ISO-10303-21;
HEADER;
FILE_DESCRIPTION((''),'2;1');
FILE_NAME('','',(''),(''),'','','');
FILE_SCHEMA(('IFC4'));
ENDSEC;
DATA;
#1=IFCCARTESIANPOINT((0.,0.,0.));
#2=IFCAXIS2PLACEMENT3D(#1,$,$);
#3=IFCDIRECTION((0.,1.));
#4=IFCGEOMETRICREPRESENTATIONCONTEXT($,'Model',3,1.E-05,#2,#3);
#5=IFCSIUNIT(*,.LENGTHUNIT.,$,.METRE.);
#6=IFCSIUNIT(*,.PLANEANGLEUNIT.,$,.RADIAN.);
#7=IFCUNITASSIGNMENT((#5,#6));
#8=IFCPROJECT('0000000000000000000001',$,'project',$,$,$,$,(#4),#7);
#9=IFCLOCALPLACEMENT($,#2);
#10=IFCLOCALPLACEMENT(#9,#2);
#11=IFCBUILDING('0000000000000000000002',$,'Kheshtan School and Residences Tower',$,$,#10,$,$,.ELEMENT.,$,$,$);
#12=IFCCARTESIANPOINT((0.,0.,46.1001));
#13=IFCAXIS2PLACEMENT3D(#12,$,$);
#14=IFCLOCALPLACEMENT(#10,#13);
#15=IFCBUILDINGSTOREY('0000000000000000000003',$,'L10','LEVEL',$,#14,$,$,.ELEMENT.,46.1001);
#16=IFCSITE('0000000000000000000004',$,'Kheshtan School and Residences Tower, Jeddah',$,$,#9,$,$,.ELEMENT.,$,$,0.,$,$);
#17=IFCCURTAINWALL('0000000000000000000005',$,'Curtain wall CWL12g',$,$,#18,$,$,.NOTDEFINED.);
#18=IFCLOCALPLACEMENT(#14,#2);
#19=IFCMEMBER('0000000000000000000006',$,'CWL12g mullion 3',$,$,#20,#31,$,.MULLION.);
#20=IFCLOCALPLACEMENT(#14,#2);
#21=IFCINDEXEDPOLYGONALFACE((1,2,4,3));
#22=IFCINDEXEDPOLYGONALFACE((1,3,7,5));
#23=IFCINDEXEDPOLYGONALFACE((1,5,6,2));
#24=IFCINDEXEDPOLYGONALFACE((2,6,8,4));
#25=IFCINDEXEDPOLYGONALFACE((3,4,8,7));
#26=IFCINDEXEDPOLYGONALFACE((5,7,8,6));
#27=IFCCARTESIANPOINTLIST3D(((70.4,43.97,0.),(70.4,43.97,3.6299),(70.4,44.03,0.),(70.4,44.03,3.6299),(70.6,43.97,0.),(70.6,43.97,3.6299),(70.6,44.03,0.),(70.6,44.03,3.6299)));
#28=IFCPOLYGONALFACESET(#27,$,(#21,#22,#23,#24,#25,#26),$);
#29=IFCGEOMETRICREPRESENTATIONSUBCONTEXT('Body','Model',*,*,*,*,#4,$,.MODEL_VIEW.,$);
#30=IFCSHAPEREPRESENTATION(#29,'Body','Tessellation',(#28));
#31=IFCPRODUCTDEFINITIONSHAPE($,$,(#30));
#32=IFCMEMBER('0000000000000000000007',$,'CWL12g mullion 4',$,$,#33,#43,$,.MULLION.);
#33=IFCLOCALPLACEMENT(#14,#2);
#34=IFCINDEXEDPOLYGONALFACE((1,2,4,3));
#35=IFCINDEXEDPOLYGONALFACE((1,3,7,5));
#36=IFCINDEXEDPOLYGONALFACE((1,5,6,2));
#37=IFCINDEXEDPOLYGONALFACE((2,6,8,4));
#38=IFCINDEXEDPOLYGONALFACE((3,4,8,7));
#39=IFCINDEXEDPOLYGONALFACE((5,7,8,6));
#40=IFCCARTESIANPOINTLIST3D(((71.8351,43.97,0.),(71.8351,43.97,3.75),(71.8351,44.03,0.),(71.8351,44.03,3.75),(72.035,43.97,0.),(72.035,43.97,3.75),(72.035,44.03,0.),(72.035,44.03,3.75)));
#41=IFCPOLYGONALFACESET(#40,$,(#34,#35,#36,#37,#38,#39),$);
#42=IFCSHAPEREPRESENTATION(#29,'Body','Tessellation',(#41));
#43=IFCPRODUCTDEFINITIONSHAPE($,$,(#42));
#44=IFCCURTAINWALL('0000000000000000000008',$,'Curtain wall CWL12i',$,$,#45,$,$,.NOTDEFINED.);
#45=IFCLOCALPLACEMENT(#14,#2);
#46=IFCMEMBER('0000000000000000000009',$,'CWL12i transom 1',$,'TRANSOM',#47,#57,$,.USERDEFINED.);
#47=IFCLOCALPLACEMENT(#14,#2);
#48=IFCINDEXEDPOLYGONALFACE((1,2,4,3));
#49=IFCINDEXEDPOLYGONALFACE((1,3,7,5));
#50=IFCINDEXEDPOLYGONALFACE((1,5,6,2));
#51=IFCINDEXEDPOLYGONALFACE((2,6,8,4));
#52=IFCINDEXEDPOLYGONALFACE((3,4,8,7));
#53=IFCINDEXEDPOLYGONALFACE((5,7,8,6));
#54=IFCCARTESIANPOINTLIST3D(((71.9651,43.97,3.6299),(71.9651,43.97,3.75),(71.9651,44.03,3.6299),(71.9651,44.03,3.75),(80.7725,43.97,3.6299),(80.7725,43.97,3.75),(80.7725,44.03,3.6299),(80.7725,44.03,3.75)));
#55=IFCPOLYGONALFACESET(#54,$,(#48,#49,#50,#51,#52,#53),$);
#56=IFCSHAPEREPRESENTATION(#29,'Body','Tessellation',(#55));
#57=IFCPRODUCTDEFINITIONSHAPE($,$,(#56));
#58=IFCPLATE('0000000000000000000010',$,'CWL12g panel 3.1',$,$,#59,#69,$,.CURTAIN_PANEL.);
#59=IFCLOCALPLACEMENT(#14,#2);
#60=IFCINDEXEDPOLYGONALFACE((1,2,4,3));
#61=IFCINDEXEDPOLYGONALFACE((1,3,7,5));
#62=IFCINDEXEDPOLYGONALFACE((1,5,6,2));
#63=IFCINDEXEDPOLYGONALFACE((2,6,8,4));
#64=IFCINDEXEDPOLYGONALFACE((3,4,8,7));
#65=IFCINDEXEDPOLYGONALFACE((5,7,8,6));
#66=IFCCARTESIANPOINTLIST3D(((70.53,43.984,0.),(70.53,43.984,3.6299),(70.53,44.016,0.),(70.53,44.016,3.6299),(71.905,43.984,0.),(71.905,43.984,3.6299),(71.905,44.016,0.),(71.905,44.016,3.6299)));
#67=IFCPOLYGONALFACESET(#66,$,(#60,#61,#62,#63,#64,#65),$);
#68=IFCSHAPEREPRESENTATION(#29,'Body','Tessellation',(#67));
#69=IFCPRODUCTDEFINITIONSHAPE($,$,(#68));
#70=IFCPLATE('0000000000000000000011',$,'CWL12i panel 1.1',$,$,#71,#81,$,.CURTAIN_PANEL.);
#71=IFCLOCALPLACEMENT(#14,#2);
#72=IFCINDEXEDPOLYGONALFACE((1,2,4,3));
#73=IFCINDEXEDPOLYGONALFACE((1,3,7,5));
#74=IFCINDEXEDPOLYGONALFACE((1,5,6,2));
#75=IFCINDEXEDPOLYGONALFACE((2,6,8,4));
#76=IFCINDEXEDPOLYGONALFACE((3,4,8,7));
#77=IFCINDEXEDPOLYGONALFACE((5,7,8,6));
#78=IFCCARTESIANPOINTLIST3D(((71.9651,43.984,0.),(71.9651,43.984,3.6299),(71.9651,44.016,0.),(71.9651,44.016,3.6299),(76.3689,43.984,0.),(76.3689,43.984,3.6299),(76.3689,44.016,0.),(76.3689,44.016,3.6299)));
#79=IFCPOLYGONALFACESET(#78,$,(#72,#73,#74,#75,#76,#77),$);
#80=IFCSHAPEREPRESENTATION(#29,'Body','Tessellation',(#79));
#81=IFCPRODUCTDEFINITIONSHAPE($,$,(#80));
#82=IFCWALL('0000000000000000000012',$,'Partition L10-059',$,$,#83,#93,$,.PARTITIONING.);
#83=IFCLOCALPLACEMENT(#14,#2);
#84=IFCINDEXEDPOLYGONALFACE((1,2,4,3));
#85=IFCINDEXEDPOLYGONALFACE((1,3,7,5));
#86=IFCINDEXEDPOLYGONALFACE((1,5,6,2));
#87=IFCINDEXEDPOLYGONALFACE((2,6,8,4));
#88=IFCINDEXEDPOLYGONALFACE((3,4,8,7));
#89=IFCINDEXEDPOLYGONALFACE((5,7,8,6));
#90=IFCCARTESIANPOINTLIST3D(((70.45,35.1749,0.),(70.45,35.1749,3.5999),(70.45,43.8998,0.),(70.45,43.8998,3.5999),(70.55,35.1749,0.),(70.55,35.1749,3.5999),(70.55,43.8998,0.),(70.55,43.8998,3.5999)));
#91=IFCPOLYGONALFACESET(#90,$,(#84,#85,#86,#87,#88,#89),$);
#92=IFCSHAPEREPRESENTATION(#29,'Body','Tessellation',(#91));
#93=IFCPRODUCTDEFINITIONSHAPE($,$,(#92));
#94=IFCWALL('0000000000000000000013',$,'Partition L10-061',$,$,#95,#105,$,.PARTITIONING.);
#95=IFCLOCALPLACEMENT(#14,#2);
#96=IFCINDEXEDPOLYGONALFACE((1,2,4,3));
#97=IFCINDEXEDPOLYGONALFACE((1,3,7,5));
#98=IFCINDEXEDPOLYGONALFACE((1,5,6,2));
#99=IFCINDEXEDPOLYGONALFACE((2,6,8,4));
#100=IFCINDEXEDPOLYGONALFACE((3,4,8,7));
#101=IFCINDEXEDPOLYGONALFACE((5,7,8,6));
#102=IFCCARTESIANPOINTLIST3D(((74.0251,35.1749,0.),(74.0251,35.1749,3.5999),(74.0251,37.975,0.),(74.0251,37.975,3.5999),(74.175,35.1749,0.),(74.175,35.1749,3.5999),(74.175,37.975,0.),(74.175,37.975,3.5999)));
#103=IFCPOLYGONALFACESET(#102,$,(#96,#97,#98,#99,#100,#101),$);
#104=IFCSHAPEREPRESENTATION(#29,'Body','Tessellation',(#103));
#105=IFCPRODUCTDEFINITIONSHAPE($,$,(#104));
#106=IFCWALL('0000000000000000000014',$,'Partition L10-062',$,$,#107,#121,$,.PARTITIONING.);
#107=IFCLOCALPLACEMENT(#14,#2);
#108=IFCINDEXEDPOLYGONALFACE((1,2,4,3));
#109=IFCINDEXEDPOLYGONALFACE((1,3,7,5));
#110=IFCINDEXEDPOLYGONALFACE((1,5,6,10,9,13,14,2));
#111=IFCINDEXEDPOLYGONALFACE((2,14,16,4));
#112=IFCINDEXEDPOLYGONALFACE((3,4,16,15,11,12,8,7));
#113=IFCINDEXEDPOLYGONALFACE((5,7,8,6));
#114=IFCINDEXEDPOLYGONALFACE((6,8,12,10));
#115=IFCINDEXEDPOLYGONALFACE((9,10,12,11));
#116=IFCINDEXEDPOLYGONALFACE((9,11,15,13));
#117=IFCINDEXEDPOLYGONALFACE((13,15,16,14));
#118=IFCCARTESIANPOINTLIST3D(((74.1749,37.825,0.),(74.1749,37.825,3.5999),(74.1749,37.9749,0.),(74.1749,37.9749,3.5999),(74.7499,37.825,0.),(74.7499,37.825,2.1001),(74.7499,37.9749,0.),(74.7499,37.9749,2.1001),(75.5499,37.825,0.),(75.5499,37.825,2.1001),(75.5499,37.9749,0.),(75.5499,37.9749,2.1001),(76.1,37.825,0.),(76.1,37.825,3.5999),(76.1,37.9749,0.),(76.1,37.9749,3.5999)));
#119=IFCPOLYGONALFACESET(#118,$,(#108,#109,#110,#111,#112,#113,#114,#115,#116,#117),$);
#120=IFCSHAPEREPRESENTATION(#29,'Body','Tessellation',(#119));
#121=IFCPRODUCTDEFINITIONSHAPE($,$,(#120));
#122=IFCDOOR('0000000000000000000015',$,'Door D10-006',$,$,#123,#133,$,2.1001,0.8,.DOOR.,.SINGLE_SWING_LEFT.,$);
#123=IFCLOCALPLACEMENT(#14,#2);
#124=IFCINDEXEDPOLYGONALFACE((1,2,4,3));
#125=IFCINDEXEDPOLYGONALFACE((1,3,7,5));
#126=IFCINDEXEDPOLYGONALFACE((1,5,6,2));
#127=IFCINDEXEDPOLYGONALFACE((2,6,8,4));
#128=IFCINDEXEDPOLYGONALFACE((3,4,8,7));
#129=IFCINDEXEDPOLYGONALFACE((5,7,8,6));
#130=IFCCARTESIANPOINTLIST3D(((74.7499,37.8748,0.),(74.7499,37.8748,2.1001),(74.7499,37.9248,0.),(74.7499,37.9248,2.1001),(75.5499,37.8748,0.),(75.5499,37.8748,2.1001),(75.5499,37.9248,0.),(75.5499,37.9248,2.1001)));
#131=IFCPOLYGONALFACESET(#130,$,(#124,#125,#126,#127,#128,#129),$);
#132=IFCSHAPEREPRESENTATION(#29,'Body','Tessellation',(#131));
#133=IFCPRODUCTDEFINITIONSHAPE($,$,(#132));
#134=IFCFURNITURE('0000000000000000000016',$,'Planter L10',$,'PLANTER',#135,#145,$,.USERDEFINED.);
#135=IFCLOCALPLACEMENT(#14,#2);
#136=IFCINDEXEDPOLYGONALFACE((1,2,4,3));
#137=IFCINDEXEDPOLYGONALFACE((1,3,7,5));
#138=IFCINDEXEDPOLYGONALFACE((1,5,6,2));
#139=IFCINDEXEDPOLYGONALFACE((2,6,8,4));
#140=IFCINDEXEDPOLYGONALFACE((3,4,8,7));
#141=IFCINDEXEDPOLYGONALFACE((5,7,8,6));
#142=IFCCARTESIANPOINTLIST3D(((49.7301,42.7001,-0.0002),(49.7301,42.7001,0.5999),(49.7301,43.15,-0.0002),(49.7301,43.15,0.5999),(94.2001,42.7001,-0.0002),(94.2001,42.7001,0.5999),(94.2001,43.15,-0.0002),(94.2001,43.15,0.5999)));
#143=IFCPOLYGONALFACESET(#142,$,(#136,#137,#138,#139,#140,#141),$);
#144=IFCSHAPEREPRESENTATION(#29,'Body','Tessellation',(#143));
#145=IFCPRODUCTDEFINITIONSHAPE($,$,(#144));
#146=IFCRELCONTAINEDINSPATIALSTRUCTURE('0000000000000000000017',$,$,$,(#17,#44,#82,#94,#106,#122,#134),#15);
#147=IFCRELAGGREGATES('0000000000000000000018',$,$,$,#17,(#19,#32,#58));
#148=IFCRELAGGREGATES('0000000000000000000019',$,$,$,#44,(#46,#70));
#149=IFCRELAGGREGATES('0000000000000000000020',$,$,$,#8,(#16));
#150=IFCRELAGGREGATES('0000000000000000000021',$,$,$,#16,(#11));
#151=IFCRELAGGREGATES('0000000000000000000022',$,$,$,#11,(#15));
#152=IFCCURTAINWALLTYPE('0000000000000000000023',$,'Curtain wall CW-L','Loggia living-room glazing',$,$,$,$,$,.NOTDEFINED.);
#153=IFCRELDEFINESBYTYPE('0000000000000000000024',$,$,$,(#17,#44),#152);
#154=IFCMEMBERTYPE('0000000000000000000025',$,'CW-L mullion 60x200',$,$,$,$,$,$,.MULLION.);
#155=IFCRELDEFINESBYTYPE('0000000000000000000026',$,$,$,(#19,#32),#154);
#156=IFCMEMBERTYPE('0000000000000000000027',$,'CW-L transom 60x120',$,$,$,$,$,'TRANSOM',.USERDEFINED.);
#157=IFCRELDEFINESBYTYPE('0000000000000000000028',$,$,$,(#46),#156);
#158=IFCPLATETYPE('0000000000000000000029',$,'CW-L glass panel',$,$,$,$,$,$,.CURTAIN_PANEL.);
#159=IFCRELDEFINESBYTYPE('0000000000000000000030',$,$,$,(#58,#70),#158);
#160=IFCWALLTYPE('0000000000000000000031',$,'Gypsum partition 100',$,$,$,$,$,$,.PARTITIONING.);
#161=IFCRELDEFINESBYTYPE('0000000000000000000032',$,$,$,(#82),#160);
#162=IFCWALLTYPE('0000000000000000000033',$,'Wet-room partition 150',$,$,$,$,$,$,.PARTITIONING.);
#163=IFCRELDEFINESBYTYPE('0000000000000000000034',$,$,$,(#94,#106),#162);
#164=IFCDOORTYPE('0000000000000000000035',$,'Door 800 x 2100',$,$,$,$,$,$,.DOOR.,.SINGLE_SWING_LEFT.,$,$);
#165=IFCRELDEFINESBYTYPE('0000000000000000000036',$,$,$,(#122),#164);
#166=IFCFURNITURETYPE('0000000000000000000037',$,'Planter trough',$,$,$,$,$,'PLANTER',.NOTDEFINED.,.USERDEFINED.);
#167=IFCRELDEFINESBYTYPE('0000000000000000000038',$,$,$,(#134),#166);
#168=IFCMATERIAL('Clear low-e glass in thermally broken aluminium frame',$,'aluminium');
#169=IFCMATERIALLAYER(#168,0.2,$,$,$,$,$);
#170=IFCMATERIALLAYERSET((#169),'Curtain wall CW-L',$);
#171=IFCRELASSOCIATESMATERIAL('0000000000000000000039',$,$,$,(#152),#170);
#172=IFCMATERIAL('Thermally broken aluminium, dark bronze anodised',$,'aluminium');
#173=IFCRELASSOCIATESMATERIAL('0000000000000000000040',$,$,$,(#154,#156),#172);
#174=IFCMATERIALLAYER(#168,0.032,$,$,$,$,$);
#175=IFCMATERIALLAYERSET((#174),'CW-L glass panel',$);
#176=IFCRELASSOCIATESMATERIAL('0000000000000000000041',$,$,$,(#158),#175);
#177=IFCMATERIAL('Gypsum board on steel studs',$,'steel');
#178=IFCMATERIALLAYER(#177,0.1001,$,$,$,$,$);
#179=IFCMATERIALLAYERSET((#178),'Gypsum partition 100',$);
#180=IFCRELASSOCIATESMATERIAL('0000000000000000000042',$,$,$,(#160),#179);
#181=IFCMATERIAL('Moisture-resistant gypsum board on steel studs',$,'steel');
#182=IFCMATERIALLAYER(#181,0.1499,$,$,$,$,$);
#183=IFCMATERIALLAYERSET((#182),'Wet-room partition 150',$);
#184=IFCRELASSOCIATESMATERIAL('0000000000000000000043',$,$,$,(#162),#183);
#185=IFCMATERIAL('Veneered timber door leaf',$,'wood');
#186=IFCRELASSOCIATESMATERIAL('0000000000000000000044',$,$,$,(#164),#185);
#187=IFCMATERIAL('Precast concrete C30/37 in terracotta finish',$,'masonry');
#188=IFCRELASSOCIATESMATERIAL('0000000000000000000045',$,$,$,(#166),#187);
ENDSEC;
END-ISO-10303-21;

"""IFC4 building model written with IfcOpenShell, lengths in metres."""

from ifc_helpers import new_model, si_unit, direction, frame, frame_2d, origin, origin_2d, place, context, subcontext, project, spatial, rectangle, extrude, source, transform, mapped, material, layer, layer_set, material_profile, profile_set, type_object, element, fill, aggregate, save


model = new_model("IFC4")

# Units and contexts
model_context = context("Model", 3, precision=1e-05, world=origin(), true_north=direction((0.0, 1.0)))
body_context = subcontext(model_context, "Body", "Model", "MODEL_VIEW")
ifc_project = project(units=[si_unit("LENGTHUNIT", "METRE"), si_unit("PLANEANGLEUNIT", "RADIAN")], contexts=[model_context])

# Site, building, storey
site_placement = place(None, origin())
site = spatial("IfcSite", under=ifc_project, at=site_placement, Name="Kheshtan School and Residences Tower, Jeddah", CompositionType="ELEMENT", RefElevation=0.0)
building_placement = place(site_placement, origin())
building = spatial("IfcBuilding", under=site, at=building_placement, Name="Kheshtan School and Residences Tower", CompositionType="ELEMENT")
storey_placement = place(building_placement, frame((0.0, 0.0, 46.1001)))
storey = spatial("IfcBuildingStorey", under=building, at=storey_placement, Name="L10", Description="LEVEL", CompositionType="ELEMENT", Elevation=46.1001)

# Curtain wall, members
ifc_material_1 = material(Name="Clear low-e glass in thermally broken aluminium frame", Category="aluminium")
ifc_layer_1 = layer(ifc_material_1, 0.2)
ifc_layer_set_1 = layer_set([ifc_layer_1], Name="Curtain wall CW-L")
curtain_wall_type = type_object("IfcCurtainWallType", Name="Curtain wall CW-L", Description="Loggia living-room glazing", PredefinedType="NOTDEFINED", material=ifc_layer_set_1)
curtain_wall_1_placement = place(storey_placement, origin())
curtain_wall_1 = element("IfcCurtainWall", 1, at=curtain_wall_1_placement, inside=storey, type_object=curtain_wall_type, Name="Curtain wall CWL12g", PredefinedType="NOTDEFINED")
ifc_material_2 = material(Name="Thermally broken aluminium, dark bronze anodised", Category="aluminium")
ifc_material_profile_1 = material_profile(ifc_material_2, rectangle(XDim=0.0601, YDim=0.2, at=origin_2d()), Name="CW-L mullion 60x200")
ifc_profile_set_1 = profile_set([ifc_material_profile_1], Name="Thermally broken aluminium, dark bronze anodised")
member_type_1 = type_object("IfcMemberType", Name="CW-L mullion 60x200", PredefinedType="MULLION", material=ifc_profile_set_1)
member_1_placement = place(storey_placement, frame((70.5, 44.0, 0.0), z_axis=(0.0, 0.0, 1.0), x_axis=(0.0, 1.0, 0.0)))
member_1 = element("IfcMember", 2, at=member_1_placement, type_object=member_type_1, Name="CWL12g mullion 3", PredefinedType="MULLION", context=body_context, shape_type="SweptSolid", body=[
    extrude(rectangle(XDim=0.0601, YDim=0.2, at=origin_2d()), origin(), (0.0, 0.0, 1.0), 3.6299),
])
member_2_placement = place(storey_placement, frame((71.9351, 44.0, 0.0), z_axis=(0.0, 0.0, 1.0), x_axis=(0.0, 1.0, 0.0)))
member_2 = element("IfcMember", 3, at=member_2_placement, type_object=member_type_1, Name="CWL12g mullion 4", PredefinedType="MULLION", context=body_context, shape_type="SweptSolid", body=[
    extrude(rectangle(XDim=0.0601, YDim=0.2, at=origin_2d()), origin(), (0.0, 0.0, 1.0), 3.75),
])

# Curtain wall, member
curtain_wall_2_placement = place(storey_placement, origin())
curtain_wall_2 = element("IfcCurtainWall", 4, at=curtain_wall_2_placement, inside=storey, type_object=curtain_wall_type, Name="Curtain wall CWL12i", PredefinedType="NOTDEFINED")
ifc_material_profile_2 = material_profile(ifc_material_2, rectangle(XDim=0.0601, YDim=0.1201, at=origin_2d()), Name="CW-L transom 60x120")
ifc_profile_set_2 = profile_set([ifc_material_profile_2], Name="Thermally broken aluminium, dark bronze anodised")
member_type_2 = type_object("IfcMemberType", Name="CW-L transom 60x120", ElementType="TRANSOM", PredefinedType="USERDEFINED", material=ifc_profile_set_2)
member_3_placement = place(storey_placement, frame((71.9651, 44.0, 3.6899), z_axis=(1.0, 0.0, 0.0), x_axis=(0.0, 1.0, 0.0)))
member_3 = element("IfcMember", 5, at=member_3_placement, type_object=member_type_2, Name="CWL12i transom 1", ObjectType="TRANSOM", PredefinedType="USERDEFINED", context=body_context, shape_type="SweptSolid", body=[
    extrude(rectangle(XDim=0.0601, YDim=0.1201, at=origin_2d()), origin(), (0.0, 0.0, 1.0), 8.8074),
])

# Plates
ifc_layer_2 = layer(ifc_material_1, 0.032)
ifc_layer_set_2 = layer_set([ifc_layer_2], Name="CW-L glass panel")
plate_type = type_object("IfcPlateType", Name="CW-L glass panel", PredefinedType="CURTAIN_PANEL", material=ifc_layer_set_2)
plate_1_placement = place(storey_placement, frame((71.2175, 44.0, 0.0), z_axis=(0.0, 0.0, 1.0), x_axis=(1.0, 0.0, 0.0)))
plate_1 = element("IfcPlate", 6, at=plate_1_placement, type_object=plate_type, Name="CWL12g panel 3.1", PredefinedType="CURTAIN_PANEL", context=body_context, shape_type="SweptSolid", body=[
    extrude(rectangle(XDim=1.375, YDim=0.032, at=origin_2d()), origin(), (0.0, 0.0, 1.0), 3.6299),
])
aggregate(curtain_wall_1, [member_1, member_2, plate_1])
plate_2_placement = place(storey_placement, frame((74.167, 44.0, 0.0), z_axis=(0.0, 0.0, 1.0), x_axis=(1.0, 0.0, 0.0)))
plate_2 = element("IfcPlate", 7, at=plate_2_placement, type_object=plate_type, Name="CWL12i panel 1.1", PredefinedType="CURTAIN_PANEL", context=body_context, shape_type="SweptSolid", body=[
    extrude(rectangle(XDim=4.4038, YDim=0.032, at=origin_2d()), origin(), (0.0, 0.0, 1.0), 3.6299),
])
aggregate(curtain_wall_2, [member_3, plate_2])

# Walls
ifc_material_3 = material(Name="Gypsum board on steel studs", Category="steel")
ifc_layer_3 = layer(ifc_material_3, 0.1001)
ifc_layer_set_3 = layer_set([ifc_layer_3], Name="Gypsum partition 100")
wall_type_1 = type_object("IfcWallType", Name="Gypsum partition 100", PredefinedType="PARTITIONING", material=ifc_layer_set_3)
wall_1_placement = place(storey_placement, frame((70.5, 35.175, 0.0), z_axis=(0.0, 0.0, 1.0), x_axis=(0.0, 1.0, 0.0)))
element("IfcWall", 8, at=wall_1_placement, inside=storey, type_object=wall_type_1, Name="Partition L10-059", PredefinedType="PARTITIONING", context=body_context, shape_type="SweptSolid", body=[
    extrude(rectangle(XDim=8.7249, YDim=0.1001, at=frame_2d((4.3623, 0.0))), origin(), (0.0, 0.0, 1.0), 3.5999),
])
ifc_material_4 = material(Name="Moisture-resistant gypsum board on steel studs", Category="steel")
ifc_layer_4 = layer(ifc_material_4, 0.1499)
ifc_layer_set_4 = layer_set([ifc_layer_4], Name="Wet-room partition 150")
wall_type_2 = type_object("IfcWallType", Name="Wet-room partition 150", PredefinedType="PARTITIONING", material=ifc_layer_set_4)
wall_2_placement = place(storey_placement, frame((74.1001, 35.175, 0.0), z_axis=(0.0, 0.0, 1.0), x_axis=(0.0, 1.0, 0.0)))
element("IfcWall", 9, at=wall_2_placement, inside=storey, type_object=wall_type_2, Name="Partition L10-061", PredefinedType="PARTITIONING", context=body_context, shape_type="SweptSolid", body=[
    extrude(rectangle(XDim=2.8, YDim=0.1499, at=frame_2d((1.3999, 0.0))), origin(), (0.0, 0.0, 1.0), 3.5999),
])

# Wall, opening, door
wall_3_placement = place(storey_placement, frame((74.175, 37.8999, 0.0), z_axis=(0.0, 0.0, 1.0), x_axis=(1.0, 0.0, 0.0)))
wall_3 = element("IfcWall", 10, at=wall_3_placement, inside=storey, type_object=wall_type_2, Name="Partition L10-062", PredefinedType="PARTITIONING", context=body_context, shape_type="SweptSolid", body=[
    extrude(rectangle(XDim=1.925, YDim=0.1499, at=frame_2d((0.9624, 0.0))), origin(), (0.0, 0.0, 1.0), 3.5999),
])
opening_placement = place(wall_3_placement, frame((0.575, 0.0, 0.0)))
opening = element("IfcOpeningElement", 11, at=opening_placement, cuts=wall_3, PredefinedType="OPENING", context=body_context, shape_type="SweptSolid", body=[
    extrude(rectangle(XDim=0.8, YDim=2.1001, at=frame_2d((0.3999, 1.05))), frame((0.0, 0.085, 0.0), z_axis=(0.0, -1.0, 0.0), x_axis=(1.0, 0.0, 0.0)), (0.0, 0.0, 1.0), 0.1699),
])
ifc_material_5 = material(Name="Veneered timber door leaf", Category="wood")
door_type = type_object("IfcDoorType", Name="Door 800 x 2100", OperationType="SINGLE_SWING_LEFT", PredefinedType="DOOR", material=ifc_material_5)
shared_shape = source(origin(), body_context, "Body", "SweptSolid", [
    extrude(rectangle(XDim=0.8, YDim=2.1001, at=frame_2d((0.3999, 1.05))), frame((0.0, 0.0249, 0.0), z_axis=(0.0, -1.0, 0.0), x_axis=(1.0, 0.0, 0.0)), (0.0, 0.0, 1.0), 0.05),
])
door_placement = place(opening_placement, origin())
door = element("IfcDoor", 12, at=door_placement, inside=storey, type_object=door_type, Name="Door D10-006", OperationType="SINGLE_SWING_LEFT", OverallHeight=2.1001, OverallWidth=0.8, PredefinedType="DOOR", context=body_context, shape_type="MappedRepresentation", body=[
    mapped(shared_shape, transform((0.0, 0.0, 0.0), x_axis=(1.0, 0.0, 0.0), y_axis=(0.0, 1.0, 0.0), z_axis=(0.0, 0.0, 1.0), scale=1.0)),
])
fill(opening, door)

# Furniture
ifc_material_6 = material(Name="Precast concrete C30/37 in terracotta finish", Category="masonry")
furniture_type = type_object("IfcFurnitureType", Name="Planter trough", ElementType="PLANTER", AssemblyPlace="NOTDEFINED", PredefinedType="USERDEFINED", material=ifc_material_6)
furniture_placement = place(storey_placement, frame((71.9651, 42.925, -0.0002), z_axis=(0.0, 0.0, 1.0), x_axis=(1.0, 0.0, 0.0)))
element("IfcFurniture", 13, at=furniture_placement, inside=storey, type_object=furniture_type, Name="Planter L10", ObjectType="PLANTER", PredefinedType="USERDEFINED", context=body_context, shape_type="SweptSolid", body=[
    extrude(rectangle(XDim=44.47, YDim=0.45, at=origin_2d()), origin(), (0.0, 0.0, 1.0), 0.6001),
])

save(model, "model.ifc")
